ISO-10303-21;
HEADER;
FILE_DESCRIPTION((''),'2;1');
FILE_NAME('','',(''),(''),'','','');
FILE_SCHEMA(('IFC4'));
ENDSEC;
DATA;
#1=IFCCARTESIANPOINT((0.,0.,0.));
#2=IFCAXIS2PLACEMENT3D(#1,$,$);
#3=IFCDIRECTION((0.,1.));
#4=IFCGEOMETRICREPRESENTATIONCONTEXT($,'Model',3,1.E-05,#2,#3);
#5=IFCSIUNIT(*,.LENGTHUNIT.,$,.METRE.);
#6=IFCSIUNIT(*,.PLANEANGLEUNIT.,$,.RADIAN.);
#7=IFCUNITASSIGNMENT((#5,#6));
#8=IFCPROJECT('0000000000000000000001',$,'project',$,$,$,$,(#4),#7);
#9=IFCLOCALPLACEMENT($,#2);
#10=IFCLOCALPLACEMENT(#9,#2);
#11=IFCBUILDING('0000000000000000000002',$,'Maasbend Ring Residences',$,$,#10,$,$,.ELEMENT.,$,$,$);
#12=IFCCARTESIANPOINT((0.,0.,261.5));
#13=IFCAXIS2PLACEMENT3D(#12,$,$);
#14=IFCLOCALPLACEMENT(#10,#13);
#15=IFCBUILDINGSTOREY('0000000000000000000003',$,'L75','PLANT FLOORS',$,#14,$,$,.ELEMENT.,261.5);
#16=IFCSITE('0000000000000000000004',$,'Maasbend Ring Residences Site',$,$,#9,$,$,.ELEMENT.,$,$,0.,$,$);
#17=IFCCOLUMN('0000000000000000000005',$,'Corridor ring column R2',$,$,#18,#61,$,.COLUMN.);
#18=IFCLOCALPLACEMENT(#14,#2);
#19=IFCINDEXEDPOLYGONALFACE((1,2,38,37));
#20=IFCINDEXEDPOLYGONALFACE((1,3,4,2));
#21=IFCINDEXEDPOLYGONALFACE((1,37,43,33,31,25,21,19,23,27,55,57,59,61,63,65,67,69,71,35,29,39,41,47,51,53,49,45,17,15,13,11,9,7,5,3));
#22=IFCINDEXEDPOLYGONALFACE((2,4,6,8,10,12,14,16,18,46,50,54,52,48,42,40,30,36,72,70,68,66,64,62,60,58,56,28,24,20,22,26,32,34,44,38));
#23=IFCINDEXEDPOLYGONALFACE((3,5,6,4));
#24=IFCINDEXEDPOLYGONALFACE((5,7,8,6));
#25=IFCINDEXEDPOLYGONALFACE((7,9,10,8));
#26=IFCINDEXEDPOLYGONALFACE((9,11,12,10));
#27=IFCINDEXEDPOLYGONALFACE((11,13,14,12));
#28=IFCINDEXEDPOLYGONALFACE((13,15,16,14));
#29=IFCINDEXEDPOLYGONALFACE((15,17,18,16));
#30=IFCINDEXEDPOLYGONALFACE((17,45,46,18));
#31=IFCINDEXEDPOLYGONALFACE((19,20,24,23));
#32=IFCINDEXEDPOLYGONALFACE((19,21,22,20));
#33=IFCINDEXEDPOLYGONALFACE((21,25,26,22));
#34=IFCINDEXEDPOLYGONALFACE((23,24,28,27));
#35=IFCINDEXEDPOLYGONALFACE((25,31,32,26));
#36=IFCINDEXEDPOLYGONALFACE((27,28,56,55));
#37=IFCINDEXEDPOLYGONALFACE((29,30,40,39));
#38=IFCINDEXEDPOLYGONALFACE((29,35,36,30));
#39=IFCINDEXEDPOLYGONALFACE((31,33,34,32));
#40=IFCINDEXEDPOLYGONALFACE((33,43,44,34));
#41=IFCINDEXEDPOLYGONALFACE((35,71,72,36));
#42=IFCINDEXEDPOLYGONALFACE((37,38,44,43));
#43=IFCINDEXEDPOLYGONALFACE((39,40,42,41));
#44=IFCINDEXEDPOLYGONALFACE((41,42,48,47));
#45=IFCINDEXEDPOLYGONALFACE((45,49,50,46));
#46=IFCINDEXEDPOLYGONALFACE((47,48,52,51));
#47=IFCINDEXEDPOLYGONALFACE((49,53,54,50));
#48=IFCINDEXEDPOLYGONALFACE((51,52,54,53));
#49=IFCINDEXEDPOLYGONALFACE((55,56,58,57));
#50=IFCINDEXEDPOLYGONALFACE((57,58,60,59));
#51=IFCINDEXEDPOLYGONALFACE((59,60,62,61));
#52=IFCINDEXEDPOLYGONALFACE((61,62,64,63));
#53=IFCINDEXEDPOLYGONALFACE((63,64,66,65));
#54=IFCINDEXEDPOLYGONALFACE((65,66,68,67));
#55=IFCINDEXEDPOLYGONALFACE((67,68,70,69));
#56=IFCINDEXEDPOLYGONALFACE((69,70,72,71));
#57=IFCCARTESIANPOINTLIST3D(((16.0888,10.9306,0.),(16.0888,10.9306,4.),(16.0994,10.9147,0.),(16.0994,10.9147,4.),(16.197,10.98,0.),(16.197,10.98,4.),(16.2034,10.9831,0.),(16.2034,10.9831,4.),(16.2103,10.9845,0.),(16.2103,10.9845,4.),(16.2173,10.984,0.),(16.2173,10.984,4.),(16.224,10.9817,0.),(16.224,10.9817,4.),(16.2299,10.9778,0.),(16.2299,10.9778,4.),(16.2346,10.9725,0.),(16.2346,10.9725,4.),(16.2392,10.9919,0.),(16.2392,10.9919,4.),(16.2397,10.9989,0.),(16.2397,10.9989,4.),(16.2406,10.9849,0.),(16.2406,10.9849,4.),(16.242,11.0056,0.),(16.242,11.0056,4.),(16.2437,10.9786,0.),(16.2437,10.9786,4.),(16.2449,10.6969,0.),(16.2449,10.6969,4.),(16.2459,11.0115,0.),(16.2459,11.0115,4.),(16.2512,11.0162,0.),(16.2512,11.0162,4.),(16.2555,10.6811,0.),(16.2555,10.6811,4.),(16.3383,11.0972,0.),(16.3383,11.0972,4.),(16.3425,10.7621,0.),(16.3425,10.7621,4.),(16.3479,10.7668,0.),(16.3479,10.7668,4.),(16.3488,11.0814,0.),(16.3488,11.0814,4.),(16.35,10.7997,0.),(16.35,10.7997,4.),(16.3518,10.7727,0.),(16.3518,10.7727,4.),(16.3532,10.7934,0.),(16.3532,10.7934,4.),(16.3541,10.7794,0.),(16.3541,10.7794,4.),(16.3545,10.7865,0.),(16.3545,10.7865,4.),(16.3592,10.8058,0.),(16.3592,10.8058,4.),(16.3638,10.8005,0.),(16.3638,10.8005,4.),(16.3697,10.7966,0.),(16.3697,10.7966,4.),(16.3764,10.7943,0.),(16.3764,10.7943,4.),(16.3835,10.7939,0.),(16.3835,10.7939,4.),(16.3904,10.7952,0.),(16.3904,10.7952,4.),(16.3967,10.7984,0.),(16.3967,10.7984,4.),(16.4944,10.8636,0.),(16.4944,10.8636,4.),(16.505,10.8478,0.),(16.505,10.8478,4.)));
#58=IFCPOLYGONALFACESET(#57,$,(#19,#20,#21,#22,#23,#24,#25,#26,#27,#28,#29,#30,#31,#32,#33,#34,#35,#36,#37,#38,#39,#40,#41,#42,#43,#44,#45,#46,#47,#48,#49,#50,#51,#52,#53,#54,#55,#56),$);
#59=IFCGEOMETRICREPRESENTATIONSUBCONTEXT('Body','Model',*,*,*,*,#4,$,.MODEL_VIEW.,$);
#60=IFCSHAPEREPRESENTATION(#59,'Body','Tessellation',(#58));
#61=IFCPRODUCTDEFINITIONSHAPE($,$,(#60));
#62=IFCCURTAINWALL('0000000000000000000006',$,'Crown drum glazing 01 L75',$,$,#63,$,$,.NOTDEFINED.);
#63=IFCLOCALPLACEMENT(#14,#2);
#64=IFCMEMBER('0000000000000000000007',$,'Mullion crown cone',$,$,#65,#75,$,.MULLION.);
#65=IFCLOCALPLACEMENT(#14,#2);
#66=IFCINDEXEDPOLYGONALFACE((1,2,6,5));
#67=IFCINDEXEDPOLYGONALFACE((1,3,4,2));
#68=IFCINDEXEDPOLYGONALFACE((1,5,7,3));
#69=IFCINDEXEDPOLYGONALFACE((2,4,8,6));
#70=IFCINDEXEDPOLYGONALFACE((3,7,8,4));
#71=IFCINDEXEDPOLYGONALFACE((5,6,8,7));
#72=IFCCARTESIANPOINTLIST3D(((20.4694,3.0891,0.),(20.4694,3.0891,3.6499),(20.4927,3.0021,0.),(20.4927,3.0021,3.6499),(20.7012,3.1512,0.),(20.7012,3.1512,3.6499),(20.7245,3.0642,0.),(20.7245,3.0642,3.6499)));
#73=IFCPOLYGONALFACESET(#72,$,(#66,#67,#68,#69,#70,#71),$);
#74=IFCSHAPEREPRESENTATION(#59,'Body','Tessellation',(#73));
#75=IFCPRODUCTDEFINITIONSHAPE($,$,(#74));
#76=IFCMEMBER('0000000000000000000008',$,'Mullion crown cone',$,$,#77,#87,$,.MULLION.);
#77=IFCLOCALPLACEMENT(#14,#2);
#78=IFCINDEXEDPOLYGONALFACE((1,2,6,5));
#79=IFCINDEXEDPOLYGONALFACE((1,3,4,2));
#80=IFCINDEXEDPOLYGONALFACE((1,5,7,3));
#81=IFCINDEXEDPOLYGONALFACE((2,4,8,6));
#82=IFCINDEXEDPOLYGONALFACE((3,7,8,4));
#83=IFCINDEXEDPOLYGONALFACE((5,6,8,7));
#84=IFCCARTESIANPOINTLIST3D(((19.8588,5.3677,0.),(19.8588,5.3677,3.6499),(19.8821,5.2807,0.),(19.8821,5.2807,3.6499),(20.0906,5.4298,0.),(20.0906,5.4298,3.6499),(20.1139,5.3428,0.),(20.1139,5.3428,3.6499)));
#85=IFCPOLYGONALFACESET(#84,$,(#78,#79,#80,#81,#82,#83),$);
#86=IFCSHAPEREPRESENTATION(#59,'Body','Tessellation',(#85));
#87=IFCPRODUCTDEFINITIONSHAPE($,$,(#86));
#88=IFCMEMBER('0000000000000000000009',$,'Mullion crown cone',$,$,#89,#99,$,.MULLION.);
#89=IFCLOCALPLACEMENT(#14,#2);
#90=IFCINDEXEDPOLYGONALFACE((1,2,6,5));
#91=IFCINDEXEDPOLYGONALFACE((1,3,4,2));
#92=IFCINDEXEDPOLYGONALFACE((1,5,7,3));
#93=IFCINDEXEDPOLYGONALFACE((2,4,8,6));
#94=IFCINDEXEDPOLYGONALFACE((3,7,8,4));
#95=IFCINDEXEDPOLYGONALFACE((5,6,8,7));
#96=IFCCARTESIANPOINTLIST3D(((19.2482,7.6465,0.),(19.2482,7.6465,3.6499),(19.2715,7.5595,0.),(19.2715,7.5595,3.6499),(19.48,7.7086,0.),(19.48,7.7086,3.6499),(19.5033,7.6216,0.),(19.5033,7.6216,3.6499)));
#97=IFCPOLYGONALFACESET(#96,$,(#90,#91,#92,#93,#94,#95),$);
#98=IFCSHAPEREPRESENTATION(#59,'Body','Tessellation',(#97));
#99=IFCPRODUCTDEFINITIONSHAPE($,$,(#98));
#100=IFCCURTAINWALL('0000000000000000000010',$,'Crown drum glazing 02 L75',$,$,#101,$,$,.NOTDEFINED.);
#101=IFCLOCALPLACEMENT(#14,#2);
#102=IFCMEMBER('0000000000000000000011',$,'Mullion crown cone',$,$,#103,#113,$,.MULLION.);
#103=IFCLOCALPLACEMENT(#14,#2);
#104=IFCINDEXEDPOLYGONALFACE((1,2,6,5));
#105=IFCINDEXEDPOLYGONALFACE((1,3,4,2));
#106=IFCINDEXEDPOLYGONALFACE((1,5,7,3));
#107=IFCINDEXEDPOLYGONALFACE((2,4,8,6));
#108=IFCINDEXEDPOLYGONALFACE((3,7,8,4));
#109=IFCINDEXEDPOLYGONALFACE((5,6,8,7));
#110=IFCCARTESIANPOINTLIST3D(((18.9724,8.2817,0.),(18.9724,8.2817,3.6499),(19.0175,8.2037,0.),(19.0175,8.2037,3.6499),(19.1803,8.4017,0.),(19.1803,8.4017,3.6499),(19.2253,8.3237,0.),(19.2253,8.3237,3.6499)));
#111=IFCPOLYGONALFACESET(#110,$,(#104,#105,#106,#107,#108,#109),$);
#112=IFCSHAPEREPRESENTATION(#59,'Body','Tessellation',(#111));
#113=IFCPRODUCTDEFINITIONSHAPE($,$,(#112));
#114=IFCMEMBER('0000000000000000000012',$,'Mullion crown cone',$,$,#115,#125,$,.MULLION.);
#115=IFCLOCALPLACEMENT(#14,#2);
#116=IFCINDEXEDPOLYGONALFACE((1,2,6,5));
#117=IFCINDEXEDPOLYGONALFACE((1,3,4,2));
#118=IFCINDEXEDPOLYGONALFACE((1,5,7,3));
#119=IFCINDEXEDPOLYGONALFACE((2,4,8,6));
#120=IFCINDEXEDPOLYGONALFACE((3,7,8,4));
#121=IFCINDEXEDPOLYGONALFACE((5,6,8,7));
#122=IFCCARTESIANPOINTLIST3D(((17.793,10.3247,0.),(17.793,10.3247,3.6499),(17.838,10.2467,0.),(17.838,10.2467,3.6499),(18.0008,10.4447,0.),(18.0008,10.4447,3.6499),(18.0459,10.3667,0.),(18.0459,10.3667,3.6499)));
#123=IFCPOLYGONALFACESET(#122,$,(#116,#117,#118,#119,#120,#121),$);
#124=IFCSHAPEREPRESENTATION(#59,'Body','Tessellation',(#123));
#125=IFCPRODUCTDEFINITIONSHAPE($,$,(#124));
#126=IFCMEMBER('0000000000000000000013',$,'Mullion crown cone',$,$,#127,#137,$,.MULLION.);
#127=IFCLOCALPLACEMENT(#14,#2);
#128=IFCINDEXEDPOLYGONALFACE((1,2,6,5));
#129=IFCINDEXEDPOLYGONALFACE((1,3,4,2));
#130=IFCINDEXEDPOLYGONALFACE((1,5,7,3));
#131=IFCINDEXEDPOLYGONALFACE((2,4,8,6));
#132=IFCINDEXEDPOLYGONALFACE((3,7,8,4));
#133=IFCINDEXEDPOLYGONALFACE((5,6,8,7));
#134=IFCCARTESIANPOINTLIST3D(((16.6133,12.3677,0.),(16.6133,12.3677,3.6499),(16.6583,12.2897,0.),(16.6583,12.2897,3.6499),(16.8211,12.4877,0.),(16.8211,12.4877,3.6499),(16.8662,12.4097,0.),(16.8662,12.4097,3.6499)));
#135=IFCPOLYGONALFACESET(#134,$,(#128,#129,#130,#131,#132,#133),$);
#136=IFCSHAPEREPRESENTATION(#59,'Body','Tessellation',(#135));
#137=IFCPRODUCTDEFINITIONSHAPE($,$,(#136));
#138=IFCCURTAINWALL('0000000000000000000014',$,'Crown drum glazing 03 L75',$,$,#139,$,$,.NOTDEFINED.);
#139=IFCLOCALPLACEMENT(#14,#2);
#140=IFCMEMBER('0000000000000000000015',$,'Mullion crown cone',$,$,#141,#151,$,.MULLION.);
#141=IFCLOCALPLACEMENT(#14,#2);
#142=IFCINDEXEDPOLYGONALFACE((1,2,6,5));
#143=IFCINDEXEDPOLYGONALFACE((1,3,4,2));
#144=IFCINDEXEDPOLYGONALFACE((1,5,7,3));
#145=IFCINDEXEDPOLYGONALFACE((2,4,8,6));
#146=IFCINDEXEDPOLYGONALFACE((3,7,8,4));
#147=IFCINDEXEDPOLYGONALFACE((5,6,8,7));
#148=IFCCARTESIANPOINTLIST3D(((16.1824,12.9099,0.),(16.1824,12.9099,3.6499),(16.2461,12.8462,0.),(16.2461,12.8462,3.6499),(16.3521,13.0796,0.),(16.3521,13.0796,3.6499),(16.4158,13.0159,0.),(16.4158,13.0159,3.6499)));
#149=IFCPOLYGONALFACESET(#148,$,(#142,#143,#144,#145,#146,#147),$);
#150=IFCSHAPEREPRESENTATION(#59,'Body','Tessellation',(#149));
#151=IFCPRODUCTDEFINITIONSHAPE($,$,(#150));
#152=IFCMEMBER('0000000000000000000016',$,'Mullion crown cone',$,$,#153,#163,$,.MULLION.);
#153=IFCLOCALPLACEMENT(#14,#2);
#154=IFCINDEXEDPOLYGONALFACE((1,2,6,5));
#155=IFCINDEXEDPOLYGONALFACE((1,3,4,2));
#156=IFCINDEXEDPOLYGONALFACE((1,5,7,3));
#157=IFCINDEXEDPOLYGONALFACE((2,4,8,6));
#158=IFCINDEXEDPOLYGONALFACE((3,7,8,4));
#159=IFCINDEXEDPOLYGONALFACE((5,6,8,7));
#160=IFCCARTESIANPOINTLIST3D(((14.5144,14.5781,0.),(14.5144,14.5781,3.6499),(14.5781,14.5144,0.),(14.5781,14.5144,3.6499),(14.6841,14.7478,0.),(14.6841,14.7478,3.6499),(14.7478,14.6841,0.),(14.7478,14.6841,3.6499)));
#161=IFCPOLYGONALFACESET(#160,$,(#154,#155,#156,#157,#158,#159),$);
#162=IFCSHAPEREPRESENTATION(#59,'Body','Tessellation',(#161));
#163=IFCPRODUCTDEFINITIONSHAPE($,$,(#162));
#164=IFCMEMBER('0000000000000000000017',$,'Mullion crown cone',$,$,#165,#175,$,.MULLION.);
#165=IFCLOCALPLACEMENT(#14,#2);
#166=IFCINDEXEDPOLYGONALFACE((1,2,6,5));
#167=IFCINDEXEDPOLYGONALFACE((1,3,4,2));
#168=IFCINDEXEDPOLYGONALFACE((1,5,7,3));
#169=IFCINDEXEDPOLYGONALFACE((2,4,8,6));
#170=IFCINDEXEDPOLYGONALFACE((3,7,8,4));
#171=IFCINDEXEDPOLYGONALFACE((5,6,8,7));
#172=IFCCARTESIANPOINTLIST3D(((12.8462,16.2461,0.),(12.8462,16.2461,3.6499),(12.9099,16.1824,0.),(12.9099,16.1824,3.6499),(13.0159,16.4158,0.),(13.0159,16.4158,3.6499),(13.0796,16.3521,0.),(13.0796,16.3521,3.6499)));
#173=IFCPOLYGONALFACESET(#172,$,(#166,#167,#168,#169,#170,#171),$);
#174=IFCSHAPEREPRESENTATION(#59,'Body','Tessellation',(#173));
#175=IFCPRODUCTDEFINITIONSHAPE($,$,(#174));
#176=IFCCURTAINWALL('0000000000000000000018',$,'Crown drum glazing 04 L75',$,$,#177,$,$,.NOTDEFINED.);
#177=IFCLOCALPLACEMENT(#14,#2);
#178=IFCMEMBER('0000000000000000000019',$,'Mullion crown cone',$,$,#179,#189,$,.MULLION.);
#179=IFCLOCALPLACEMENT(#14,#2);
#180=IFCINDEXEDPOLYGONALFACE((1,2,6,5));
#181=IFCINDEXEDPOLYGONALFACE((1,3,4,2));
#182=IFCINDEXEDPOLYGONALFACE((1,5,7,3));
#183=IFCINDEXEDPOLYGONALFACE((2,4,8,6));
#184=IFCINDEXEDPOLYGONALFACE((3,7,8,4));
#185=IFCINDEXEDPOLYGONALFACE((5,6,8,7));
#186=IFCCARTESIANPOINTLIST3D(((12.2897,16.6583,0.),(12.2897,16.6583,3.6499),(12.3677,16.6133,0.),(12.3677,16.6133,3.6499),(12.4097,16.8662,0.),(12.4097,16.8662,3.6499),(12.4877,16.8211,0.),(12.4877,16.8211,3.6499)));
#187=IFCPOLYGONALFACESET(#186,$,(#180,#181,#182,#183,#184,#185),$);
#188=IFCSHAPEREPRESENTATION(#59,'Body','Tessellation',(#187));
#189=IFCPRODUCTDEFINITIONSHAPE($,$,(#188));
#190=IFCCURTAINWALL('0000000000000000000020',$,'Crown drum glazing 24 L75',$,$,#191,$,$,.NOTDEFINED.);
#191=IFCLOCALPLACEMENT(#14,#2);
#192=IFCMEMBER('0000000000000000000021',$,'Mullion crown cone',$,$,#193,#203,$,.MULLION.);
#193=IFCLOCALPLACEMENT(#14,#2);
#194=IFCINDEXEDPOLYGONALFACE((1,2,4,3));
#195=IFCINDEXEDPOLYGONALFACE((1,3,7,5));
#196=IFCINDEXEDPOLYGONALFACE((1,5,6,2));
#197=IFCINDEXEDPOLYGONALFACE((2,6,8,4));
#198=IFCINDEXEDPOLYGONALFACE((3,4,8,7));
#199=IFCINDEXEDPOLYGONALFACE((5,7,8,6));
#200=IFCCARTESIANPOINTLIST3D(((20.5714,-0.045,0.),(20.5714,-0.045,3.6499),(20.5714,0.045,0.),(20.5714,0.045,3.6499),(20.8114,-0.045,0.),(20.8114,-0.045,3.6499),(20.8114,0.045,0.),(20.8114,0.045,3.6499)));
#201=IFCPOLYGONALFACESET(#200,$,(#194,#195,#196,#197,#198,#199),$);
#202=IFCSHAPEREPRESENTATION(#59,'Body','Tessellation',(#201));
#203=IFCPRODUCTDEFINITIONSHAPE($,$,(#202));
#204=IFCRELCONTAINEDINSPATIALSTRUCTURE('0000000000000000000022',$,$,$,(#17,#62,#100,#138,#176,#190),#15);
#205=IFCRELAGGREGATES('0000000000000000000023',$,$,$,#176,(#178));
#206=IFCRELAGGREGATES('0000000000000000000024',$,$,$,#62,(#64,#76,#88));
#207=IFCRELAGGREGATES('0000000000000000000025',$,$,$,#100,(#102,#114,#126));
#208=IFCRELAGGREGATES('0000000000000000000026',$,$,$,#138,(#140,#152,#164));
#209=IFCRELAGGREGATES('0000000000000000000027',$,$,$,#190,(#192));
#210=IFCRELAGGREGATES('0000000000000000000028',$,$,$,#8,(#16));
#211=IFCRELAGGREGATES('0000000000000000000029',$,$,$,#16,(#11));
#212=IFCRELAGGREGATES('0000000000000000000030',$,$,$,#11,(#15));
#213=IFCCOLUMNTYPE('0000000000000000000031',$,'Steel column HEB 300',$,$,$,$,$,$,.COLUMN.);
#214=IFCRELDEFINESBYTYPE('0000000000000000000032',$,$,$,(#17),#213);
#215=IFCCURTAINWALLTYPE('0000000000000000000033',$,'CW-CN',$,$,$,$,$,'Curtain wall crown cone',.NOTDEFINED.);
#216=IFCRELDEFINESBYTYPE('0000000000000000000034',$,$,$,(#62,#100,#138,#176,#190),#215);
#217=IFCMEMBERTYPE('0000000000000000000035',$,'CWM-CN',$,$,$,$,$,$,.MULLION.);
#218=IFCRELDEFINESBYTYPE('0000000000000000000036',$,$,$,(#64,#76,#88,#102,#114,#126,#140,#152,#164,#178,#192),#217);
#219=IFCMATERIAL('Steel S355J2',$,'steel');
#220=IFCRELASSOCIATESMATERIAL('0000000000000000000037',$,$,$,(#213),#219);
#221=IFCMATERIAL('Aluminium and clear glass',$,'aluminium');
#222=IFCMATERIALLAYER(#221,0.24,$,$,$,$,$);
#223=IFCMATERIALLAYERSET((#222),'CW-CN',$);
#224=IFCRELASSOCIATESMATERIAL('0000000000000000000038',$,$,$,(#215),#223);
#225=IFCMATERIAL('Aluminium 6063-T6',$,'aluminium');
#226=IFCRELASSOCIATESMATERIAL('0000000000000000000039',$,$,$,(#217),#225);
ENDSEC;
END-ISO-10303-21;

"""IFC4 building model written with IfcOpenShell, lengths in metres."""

from ifc_helpers import new_model, si_unit, direction, frame, origin, origin_2d, place, context, subcontext, project, spatial, rectangle, i_section, extrude, material, layer, layer_set, material_profile, profile_set, type_object, element, aggregate, save


model = new_model("IFC4")

# Units and contexts
model_context = context("Model", 3, precision=1e-05, world=origin(), true_north=direction((0.0, 1.0)))
body_context = subcontext(model_context, "Body", "Model", "MODEL_VIEW")
ifc_project = project(units=[si_unit("LENGTHUNIT", "METRE"), si_unit("PLANEANGLEUNIT", "RADIAN")], contexts=[model_context])

# Site, building, storey
site_placement = place(None, origin())
site = spatial("IfcSite", under=ifc_project, at=site_placement, Name="Maasbend Ring Residences Site", CompositionType="ELEMENT", RefElevation=0.0)
building_placement = place(site_placement, origin())
building = spatial("IfcBuilding", under=site, at=building_placement, Name="Maasbend Ring Residences", CompositionType="ELEMENT")
storey_placement = place(building_placement, frame((0.0, 0.0, 261.5)))
storey = spatial("IfcBuildingStorey", under=building, at=storey_placement, Name="L75", Description="PLANT FLOORS", CompositionType="ELEMENT", Elevation=261.5)

# Column
ifc_material_1 = material(Name="Steel S355J2", Category="steel")
ifc_material_profile_1 = material_profile(ifc_material_1, i_section(OverallWidth=0.3, OverallDepth=0.3, WebThickness=0.011, FlangeThickness=0.019, FilletRadius=0.0271, at=origin_2d()), Name="HEB 300")
ifc_profile_set_1 = profile_set([ifc_material_profile_1], Name="Steel S355J2")
column_type = type_object("IfcColumnType", Name="Steel column HEB 300", PredefinedType="COLUMN", material=ifc_profile_set_1)
column_placement = place(storey_placement, frame((16.2969, 10.8892, 0.0), z_axis=(0.0, 0.0, 1.0), x_axis=(0.83147, 0.55557, 0.0)))
element("IfcColumn", 1, at=column_placement, inside=storey, type_object=column_type, Name="Corridor ring column R2", PredefinedType="COLUMN", context=body_context, shape_type="SweptSolid", body=[
    extrude(i_section(OverallWidth=0.3, OverallDepth=0.3, WebThickness=0.011, FlangeThickness=0.019, FilletRadius=0.0271, at=origin_2d()), origin(), (0.0, 0.0, 1.0), 4.0),
])

# Curtain walls, members
ifc_material_2 = material(Name="Aluminium and clear glass", Category="aluminium")
ifc_layer_1 = layer(ifc_material_2, 0.24)
ifc_layer_set_1 = layer_set([ifc_layer_1], Name="CW-CN")
curtain_wall_type = type_object("IfcCurtainWallType", Name="CW-CN", ElementType="Curtain wall crown cone", PredefinedType="NOTDEFINED", material=ifc_layer_set_1)
curtain_wall_1_placement = place(storey_placement, origin())
curtain_wall_1 = element("IfcCurtainWall", 2, at=curtain_wall_1_placement, inside=storey, type_object=curtain_wall_type, Name="Crown drum glazing 01 L75", PredefinedType="NOTDEFINED")
ifc_material_3 = material(Name="Aluminium 6063-T6", Category="aluminium")
ifc_material_profile_2 = material_profile(ifc_material_3, rectangle(XDim=0.24, YDim=0.0901, at=origin_2d()), Name="AL 240x90")
ifc_profile_set_2 = profile_set([ifc_material_profile_2], Name="Aluminium 6063-T6")
member_type_1 = type_object("IfcMemberType", Name="CWM-CN", PredefinedType="MULLION", material=ifc_profile_set_2)
member_1_placement = place(storey_placement, frame((20.5969, 3.0767, 0.0), z_axis=(0.0, 0.0, 1.0), x_axis=(-0.965926, -0.258819, 0.0)))
member_1 = element("IfcMember", 3, at=member_1_placement, type_object=member_type_1, Name="Mullion crown cone", PredefinedType="MULLION", context=body_context, shape_type="SweptSolid", body=[
    extrude(rectangle(XDim=0.24, YDim=0.0901, at=origin_2d()), origin(), (0.0, 0.0, 1.0), 3.6499),
])
member_2_placement = place(storey_placement, frame((19.9863, 5.3552, 0.0), z_axis=(0.0, 0.0, 1.0), x_axis=(-0.965926, -0.258819, 0.0)))
member_2 = element("IfcMember", 4, at=member_2_placement, type_object=member_type_1, Name="Mullion crown cone", PredefinedType="MULLION", context=body_context, shape_type="SweptSolid", body=[
    extrude(rectangle(XDim=0.24, YDim=0.0901, at=origin_2d()), origin(), (0.0, 0.0, 1.0), 3.6499),
])
member_3_placement = place(storey_placement, frame((19.3757, 7.634, 0.0), z_axis=(0.0, 0.0, 1.0), x_axis=(-0.965926, -0.258819, 0.0)))
member_3 = element("IfcMember", 5, at=member_3_placement, type_object=member_type_1, Name="Mullion crown cone", PredefinedType="MULLION", context=body_context, shape_type="SweptSolid", body=[
    extrude(rectangle(XDim=0.24, YDim=0.0901, at=origin_2d()), origin(), (0.0, 0.0, 1.0), 3.6499),
])
curtain_wall_2_placement = place(storey_placement, origin())
curtain_wall_2 = element("IfcCurtainWall", 6, at=curtain_wall_2_placement, inside=storey, type_object=curtain_wall_type, Name="Crown drum glazing 02 L75", PredefinedType="NOTDEFINED")
member_4_placement = place(storey_placement, frame((19.0989, 8.3027, 0.0), z_axis=(0.0, 0.0, 1.0), x_axis=(-0.866025, -0.5, 0.0)))
member_4 = element("IfcMember", 7, at=member_4_placement, type_object=member_type_1, Name="Mullion crown cone", PredefinedType="MULLION", context=body_context, shape_type="SweptSolid", body=[
    extrude(rectangle(XDim=0.24, YDim=0.0901, at=origin_2d()), origin(), (0.0, 0.0, 1.0), 3.6499),
])
member_5_placement = place(storey_placement, frame((17.9194, 10.3457, 0.0), z_axis=(0.0, 0.0, 1.0), x_axis=(-0.866025, -0.5, 0.0)))
member_5 = element("IfcMember", 8, at=member_5_placement, type_object=member_type_1, Name="Mullion crown cone", PredefinedType="MULLION", context=body_context, shape_type="SweptSolid", body=[
    extrude(rectangle(XDim=0.24, YDim=0.0901, at=origin_2d()), origin(), (0.0, 0.0, 1.0), 3.6499),
])
member_6_placement = place(storey_placement, frame((16.7397, 12.3887, 0.0), z_axis=(0.0, 0.0, 1.0), x_axis=(-0.866025, -0.5, 0.0)))
member_6 = element("IfcMember", 9, at=member_6_placement, type_object=member_type_1, Name="Mullion crown cone", PredefinedType="MULLION", context=body_context, shape_type="SweptSolid", body=[
    extrude(rectangle(XDim=0.24, YDim=0.0901, at=origin_2d()), origin(), (0.0, 0.0, 1.0), 3.6499),
])
curtain_wall_3_placement = place(storey_placement, origin())
curtain_wall_3 = element("IfcCurtainWall", 10, at=curtain_wall_3_placement, inside=storey, type_object=curtain_wall_type, Name="Crown drum glazing 03 L75", PredefinedType="NOTDEFINED")
member_7_placement = place(storey_placement, frame((16.2991, 12.9629, 0.0), z_axis=(0.0, 0.0, 1.0), x_axis=(-0.707107, -0.707107, 0.0)))
member_7 = element("IfcMember", 11, at=member_7_placement, type_object=member_type_1, Name="Mullion crown cone", PredefinedType="MULLION", context=body_context, shape_type="SweptSolid", body=[
    extrude(rectangle(XDim=0.24, YDim=0.0901, at=origin_2d()), origin(), (0.0, 0.0, 1.0), 3.6499),
])
member_8_placement = place(storey_placement, frame((14.6311, 14.6311, 0.0), z_axis=(0.0, 0.0, 1.0), x_axis=(-0.707107, -0.707107, 0.0)))
member_8 = element("IfcMember", 12, at=member_8_placement, type_object=member_type_1, Name="Mullion crown cone", PredefinedType="MULLION", context=body_context, shape_type="SweptSolid", body=[
    extrude(rectangle(XDim=0.24, YDim=0.0901, at=origin_2d()), origin(), (0.0, 0.0, 1.0), 3.6499),
])
member_9_placement = place(storey_placement, frame((12.9629, 16.2991, 0.0), z_axis=(0.0, 0.0, 1.0), x_axis=(-0.707107, -0.707107, 0.0)))
member_9 = element("IfcMember", 13, at=member_9_placement, type_object=member_type_1, Name="Mullion crown cone", PredefinedType="MULLION", context=body_context, shape_type="SweptSolid", body=[
    extrude(rectangle(XDim=0.24, YDim=0.0901, at=origin_2d()), origin(), (0.0, 0.0, 1.0), 3.6499),
])

# Curtain wall, member
curtain_wall_4_placement = place(storey_placement, origin())
curtain_wall_4 = element("IfcCurtainWall", 14, at=curtain_wall_4_placement, inside=storey, type_object=curtain_wall_type, Name="Crown drum glazing 04 L75", PredefinedType="NOTDEFINED")
member_10_placement = place(storey_placement, frame((12.3887, 16.7397, 0.0), z_axis=(0.0, 0.0, 1.0), x_axis=(-0.5, -0.866025, 0.0)))
member_10 = element("IfcMember", 15, at=member_10_placement, type_object=member_type_1, Name="Mullion crown cone", PredefinedType="MULLION", context=body_context, shape_type="SweptSolid", body=[
    extrude(rectangle(XDim=0.24, YDim=0.0901, at=origin_2d()), origin(), (0.0, 0.0, 1.0), 3.6499),
])

# Curtain wall, member
curtain_wall_5_placement = place(storey_placement, origin())
curtain_wall_5 = element("IfcCurtainWall", 16, at=curtain_wall_5_placement, inside=storey, type_object=curtain_wall_type, Name="Crown drum glazing 24 L75", PredefinedType="NOTDEFINED")
member_11_placement = place(storey_placement, frame((20.6914, 0.0, 0.0), z_axis=(0.0, 0.0, 1.0), x_axis=(-1.0, 0.0, 0.0)))
member_11 = element("IfcMember", 17, at=member_11_placement, type_object=member_type_1, Name="Mullion crown cone", PredefinedType="MULLION", context=body_context, shape_type="SweptSolid", body=[
    extrude(rectangle(XDim=0.24, YDim=0.0901, at=origin_2d()), origin(), (0.0, 0.0, 1.0), 3.6499),
])

aggregate(curtain_wall_4, [member_10])

aggregate(curtain_wall_1, [member_1, member_2, member_3])
aggregate(curtain_wall_2, [member_4, member_5, member_6])
aggregate(curtain_wall_3, [member_7, member_8, member_9])
aggregate(curtain_wall_5, [member_11])

save(model, "model.ifc")
